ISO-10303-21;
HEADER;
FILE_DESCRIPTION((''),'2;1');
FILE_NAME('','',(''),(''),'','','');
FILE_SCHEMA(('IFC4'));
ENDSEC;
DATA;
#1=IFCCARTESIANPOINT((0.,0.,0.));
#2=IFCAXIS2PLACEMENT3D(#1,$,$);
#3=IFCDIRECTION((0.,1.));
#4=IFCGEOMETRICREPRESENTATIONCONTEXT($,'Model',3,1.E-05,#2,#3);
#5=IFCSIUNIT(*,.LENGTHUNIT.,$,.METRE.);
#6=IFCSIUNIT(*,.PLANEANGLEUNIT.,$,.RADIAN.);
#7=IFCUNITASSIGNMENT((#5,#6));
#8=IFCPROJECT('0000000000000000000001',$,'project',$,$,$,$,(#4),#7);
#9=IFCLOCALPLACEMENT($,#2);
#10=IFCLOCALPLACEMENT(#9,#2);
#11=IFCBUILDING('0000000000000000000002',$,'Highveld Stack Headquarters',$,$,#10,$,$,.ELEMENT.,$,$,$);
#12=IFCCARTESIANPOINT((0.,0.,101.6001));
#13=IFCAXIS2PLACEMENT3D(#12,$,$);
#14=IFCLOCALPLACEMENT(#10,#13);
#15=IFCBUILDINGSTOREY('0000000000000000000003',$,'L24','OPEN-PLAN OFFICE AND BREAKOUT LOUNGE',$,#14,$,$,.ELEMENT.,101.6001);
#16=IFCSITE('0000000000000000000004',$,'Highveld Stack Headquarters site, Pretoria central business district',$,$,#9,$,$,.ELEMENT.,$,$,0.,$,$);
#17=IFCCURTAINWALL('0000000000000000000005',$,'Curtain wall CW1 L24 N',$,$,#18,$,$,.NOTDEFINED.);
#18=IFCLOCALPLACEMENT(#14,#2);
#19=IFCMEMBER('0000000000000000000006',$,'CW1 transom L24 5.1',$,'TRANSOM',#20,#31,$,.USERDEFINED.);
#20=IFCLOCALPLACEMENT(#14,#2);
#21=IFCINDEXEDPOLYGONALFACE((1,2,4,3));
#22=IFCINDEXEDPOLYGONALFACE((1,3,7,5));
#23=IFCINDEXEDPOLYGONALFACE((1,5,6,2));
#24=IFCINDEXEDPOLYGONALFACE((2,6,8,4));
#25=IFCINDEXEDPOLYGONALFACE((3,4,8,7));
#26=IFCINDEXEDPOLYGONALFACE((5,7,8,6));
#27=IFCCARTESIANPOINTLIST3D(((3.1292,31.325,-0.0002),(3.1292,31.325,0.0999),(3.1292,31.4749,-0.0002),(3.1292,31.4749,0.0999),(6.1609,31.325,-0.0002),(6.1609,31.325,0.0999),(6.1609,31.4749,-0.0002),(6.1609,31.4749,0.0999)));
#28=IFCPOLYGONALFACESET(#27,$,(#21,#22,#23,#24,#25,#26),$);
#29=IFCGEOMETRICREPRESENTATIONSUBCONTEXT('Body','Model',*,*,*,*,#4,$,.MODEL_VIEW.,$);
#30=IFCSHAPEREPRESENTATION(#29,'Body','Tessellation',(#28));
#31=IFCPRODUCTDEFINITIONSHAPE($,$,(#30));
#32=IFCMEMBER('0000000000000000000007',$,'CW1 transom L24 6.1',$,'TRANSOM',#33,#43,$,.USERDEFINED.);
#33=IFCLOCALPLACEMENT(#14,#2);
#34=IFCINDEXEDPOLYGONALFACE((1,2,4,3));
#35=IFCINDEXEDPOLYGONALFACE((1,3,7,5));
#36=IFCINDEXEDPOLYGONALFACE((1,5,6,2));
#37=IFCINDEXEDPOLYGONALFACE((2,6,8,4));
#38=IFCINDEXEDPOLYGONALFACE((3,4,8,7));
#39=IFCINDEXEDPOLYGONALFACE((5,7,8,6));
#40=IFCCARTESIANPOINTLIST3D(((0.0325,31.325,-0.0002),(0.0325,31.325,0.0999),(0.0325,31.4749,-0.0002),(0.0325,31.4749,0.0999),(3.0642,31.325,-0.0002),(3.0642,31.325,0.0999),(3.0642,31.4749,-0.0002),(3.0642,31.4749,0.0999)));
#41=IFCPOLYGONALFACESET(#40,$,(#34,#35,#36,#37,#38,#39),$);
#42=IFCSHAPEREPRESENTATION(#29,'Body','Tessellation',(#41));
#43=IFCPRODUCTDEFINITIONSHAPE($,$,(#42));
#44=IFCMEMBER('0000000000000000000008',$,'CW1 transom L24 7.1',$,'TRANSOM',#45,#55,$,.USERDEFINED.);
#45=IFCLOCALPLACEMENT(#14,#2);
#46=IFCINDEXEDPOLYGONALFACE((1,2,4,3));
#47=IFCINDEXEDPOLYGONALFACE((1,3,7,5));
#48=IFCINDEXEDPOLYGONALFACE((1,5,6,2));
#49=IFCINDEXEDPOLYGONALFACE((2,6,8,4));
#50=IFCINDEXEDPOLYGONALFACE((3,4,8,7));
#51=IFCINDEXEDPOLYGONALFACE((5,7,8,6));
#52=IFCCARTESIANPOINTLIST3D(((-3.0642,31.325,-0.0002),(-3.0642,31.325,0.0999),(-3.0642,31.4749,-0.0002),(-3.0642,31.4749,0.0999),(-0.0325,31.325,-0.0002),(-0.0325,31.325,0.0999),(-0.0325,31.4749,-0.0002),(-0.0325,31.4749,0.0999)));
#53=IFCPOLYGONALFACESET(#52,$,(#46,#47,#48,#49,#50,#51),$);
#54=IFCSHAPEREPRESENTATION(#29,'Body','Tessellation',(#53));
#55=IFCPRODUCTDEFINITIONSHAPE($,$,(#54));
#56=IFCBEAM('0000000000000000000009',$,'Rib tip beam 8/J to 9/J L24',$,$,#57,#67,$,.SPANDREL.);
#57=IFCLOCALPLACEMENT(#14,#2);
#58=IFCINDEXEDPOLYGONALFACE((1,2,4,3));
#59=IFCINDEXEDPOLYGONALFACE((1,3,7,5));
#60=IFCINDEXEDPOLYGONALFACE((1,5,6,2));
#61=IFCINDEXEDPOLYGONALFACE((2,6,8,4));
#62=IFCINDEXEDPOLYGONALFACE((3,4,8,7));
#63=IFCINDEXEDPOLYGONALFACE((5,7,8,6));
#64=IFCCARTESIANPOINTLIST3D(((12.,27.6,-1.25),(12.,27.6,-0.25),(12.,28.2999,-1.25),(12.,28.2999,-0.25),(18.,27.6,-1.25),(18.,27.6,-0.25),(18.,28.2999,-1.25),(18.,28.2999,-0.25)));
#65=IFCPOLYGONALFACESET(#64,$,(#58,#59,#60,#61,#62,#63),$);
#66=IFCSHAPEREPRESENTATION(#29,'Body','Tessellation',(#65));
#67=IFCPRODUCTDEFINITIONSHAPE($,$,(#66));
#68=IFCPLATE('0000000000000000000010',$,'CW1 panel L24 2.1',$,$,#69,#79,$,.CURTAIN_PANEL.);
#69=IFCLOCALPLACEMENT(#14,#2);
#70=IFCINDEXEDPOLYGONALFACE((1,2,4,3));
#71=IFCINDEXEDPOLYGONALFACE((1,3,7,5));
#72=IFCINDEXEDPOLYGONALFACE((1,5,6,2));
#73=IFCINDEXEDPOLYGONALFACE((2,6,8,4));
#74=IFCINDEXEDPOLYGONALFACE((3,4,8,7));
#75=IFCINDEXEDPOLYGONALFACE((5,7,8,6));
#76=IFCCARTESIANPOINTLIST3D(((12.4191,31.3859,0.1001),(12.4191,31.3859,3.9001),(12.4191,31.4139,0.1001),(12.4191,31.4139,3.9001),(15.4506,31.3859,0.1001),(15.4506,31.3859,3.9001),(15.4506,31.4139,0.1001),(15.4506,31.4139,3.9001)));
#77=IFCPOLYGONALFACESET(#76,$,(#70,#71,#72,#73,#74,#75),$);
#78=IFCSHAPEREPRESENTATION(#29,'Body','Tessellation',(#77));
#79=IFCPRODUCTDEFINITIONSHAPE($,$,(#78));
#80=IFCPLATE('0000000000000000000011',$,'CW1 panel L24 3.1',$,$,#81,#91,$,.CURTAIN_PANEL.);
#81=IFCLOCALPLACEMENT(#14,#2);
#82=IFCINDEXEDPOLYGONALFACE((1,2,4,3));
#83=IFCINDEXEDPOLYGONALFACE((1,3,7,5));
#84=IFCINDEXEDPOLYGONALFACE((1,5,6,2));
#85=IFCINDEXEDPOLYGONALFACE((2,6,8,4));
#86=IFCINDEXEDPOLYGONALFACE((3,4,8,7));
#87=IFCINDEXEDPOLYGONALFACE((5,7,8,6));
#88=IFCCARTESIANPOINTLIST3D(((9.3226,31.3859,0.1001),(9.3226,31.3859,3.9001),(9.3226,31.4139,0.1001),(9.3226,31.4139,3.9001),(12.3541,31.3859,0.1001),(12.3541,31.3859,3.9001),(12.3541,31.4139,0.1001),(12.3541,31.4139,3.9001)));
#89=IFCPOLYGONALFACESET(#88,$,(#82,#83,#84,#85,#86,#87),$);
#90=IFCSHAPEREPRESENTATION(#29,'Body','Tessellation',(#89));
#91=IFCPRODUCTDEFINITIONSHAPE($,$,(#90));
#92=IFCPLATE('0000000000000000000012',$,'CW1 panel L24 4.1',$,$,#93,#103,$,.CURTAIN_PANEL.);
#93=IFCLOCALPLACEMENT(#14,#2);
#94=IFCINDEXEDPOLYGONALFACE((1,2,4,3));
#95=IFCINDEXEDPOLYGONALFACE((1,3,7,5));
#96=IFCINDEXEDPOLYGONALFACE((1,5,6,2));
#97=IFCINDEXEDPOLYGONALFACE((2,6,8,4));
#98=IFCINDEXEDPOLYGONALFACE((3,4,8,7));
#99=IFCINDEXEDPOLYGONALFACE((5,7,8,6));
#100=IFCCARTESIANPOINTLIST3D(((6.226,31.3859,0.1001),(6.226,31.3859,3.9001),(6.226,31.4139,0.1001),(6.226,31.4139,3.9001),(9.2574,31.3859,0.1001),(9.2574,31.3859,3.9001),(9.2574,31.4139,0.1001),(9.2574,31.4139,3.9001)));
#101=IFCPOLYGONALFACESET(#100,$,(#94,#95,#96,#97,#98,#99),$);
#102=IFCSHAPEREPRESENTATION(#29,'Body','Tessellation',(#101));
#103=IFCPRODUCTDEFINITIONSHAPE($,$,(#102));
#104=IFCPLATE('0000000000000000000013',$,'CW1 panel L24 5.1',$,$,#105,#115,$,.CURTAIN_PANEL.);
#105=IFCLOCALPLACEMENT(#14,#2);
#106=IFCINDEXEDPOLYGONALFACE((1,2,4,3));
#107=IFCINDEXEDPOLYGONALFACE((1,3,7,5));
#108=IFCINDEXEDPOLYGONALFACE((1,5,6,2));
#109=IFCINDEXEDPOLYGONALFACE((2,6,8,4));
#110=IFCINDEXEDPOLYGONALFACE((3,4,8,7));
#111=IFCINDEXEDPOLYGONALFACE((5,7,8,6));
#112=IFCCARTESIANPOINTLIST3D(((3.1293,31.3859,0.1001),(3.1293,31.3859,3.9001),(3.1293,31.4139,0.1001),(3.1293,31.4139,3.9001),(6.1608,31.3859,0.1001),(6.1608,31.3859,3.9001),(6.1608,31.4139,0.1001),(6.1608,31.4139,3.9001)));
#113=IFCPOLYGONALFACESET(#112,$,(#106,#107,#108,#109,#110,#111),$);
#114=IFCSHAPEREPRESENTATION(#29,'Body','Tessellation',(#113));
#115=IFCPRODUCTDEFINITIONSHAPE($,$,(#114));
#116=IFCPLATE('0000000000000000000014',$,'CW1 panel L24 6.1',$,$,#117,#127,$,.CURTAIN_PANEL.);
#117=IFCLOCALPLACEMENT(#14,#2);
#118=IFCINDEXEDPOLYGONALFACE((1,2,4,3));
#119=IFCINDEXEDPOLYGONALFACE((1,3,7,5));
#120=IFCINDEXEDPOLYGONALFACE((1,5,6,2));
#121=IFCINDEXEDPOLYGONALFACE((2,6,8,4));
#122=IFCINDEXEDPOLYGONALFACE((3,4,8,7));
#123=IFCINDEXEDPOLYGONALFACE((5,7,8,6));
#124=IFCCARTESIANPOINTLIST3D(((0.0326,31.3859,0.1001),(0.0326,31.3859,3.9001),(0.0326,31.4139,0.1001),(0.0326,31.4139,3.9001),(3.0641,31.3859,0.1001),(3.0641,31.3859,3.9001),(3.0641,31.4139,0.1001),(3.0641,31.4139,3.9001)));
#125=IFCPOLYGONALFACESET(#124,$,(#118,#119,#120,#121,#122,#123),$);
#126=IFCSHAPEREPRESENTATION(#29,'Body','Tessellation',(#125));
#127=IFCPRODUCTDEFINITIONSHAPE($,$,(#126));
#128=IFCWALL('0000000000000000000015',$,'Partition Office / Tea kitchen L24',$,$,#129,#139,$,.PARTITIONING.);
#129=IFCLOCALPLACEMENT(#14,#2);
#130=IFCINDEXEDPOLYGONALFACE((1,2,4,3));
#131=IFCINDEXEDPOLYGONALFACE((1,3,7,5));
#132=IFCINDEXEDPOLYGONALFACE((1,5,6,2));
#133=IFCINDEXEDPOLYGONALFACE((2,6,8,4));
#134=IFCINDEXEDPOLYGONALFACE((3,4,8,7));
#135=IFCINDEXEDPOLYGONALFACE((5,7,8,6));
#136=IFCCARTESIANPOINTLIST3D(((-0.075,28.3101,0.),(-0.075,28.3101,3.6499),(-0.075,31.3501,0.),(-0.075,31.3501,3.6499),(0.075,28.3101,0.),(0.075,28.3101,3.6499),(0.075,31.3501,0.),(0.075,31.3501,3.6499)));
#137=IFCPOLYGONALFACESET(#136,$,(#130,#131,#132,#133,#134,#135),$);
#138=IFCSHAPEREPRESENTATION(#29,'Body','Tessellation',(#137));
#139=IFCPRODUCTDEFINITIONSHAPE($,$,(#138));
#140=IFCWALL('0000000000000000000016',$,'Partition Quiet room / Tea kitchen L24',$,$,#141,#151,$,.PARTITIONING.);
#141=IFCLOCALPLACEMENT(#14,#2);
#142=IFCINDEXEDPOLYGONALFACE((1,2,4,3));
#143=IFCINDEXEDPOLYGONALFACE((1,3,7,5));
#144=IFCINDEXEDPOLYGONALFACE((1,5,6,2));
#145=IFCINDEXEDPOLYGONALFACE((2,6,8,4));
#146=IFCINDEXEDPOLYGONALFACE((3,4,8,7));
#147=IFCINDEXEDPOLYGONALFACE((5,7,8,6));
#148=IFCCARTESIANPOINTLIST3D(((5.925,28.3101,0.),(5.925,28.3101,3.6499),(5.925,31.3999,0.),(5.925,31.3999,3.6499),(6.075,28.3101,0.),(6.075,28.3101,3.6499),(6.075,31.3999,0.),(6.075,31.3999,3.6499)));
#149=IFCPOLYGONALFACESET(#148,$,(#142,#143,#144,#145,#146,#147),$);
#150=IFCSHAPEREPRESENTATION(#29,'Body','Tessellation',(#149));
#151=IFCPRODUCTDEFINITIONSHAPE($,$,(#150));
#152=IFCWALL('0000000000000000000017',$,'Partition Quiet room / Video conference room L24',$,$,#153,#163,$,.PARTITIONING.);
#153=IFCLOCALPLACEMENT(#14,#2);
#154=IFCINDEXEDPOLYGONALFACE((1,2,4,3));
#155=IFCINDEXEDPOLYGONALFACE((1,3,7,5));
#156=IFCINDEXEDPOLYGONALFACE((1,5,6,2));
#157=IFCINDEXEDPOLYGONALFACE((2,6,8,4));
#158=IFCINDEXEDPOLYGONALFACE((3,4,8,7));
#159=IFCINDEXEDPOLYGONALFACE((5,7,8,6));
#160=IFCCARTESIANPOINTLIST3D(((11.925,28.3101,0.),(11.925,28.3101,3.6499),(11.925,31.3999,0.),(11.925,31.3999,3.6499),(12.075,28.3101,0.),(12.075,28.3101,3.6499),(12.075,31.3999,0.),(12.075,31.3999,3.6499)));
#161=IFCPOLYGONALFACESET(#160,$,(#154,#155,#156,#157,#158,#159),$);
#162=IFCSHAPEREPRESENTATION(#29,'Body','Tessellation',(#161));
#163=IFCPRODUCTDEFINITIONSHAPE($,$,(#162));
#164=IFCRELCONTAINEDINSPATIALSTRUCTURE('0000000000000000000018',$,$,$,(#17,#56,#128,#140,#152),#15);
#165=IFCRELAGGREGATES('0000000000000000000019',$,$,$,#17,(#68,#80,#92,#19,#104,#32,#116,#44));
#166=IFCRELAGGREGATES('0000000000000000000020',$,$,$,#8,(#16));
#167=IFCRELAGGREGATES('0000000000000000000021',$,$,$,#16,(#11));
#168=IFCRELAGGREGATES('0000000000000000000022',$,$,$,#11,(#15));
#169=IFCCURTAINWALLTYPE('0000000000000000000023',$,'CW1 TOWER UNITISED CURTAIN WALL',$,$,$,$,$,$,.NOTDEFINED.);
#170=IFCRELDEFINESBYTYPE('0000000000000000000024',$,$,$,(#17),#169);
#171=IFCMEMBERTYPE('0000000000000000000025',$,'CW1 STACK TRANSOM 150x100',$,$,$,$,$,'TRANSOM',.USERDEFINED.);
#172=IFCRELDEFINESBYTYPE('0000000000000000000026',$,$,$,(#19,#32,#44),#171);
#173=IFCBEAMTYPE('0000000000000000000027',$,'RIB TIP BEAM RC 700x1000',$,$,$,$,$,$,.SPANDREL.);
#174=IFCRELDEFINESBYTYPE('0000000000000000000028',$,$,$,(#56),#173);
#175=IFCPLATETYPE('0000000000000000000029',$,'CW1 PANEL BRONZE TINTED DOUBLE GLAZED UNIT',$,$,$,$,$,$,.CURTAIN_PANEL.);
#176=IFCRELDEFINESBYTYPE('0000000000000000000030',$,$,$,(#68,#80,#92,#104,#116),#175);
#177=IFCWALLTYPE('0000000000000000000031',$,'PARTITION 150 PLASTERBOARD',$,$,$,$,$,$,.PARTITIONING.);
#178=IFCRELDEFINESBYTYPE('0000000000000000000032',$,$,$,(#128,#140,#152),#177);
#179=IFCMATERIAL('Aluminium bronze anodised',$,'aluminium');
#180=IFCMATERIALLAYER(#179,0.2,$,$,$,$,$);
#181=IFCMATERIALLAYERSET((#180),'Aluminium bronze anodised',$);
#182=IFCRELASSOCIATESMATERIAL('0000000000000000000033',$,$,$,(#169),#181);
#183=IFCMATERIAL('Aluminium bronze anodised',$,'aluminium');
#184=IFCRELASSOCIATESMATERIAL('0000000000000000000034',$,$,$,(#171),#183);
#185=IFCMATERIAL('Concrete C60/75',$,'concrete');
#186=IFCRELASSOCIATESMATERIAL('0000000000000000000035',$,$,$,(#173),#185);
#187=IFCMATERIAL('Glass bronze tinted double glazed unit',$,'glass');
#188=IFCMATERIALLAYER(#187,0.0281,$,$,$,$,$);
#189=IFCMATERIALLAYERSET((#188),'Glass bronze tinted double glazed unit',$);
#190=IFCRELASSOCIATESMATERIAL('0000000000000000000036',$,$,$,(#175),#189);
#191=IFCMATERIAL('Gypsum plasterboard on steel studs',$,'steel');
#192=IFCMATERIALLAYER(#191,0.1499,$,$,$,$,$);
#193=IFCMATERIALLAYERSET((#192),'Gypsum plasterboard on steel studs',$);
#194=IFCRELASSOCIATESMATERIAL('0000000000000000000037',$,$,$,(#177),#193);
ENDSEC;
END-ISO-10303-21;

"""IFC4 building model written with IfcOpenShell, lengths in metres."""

from ifc_helpers import new_model, si_unit, direction, frame, frame_2d, origin, origin_2d, place, context, subcontext, project, spatial, rectangle, extrude, material, layer, layer_set, material_profile, profile_set, type_object, element, aggregate, save


model = new_model("IFC4")

# Units and contexts
model_context = context("Model", 3, precision=1e-05, world=origin(), true_north=direction((0.0, 1.0)))
body_context = subcontext(model_context, "Body", "Model", "MODEL_VIEW")
ifc_project = project(units=[si_unit("LENGTHUNIT", "METRE"), si_unit("PLANEANGLEUNIT", "RADIAN")], contexts=[model_context])

# Site, building, storey
site_placement = place(None, origin())
site = spatial("IfcSite", under=ifc_project, at=site_placement, Name="Highveld Stack Headquarters site, Pretoria central business district", CompositionType="ELEMENT", RefElevation=0.0)
building_placement = place(site_placement, origin())
building = spatial("IfcBuilding", under=site, at=building_placement, Name="Highveld Stack Headquarters", CompositionType="ELEMENT")
storey_placement = place(building_placement, frame((0.0, 0.0, 101.6001)))
storey = spatial("IfcBuildingStorey", under=building, at=storey_placement, Name="L24", Description="OPEN-PLAN OFFICE AND BREAKOUT LOUNGE", CompositionType="ELEMENT", Elevation=101.6001)

# Curtain wall, members
ifc_material_1 = material(Name="Aluminium bronze anodised", Category="aluminium")
ifc_layer_1 = layer(ifc_material_1, 0.2)
ifc_layer_set_1 = layer_set([ifc_layer_1], Name="Aluminium bronze anodised")
curtain_wall_type = type_object("IfcCurtainWallType", Name="CW1 TOWER UNITISED CURTAIN WALL", PredefinedType="NOTDEFINED", material=ifc_layer_set_1)
curtain_wall_placement = place(storey_placement, origin())
curtain_wall = element("IfcCurtainWall", 1, at=curtain_wall_placement, inside=storey, type_object=curtain_wall_type, Name="Curtain wall CW1 L24 N", PredefinedType="NOTDEFINED")
ifc_material_2 = material(Name="Aluminium bronze anodised", Category="aluminium")
ifc_material_profile_1 = material_profile(ifc_material_2, rectangle(XDim=0.1499, YDim=0.1001, at=origin_2d()), Name="CW1 TRANSOM 150x100")
ifc_profile_set_1 = profile_set([ifc_material_profile_1], Name="Aluminium bronze anodised")
member_type_1 = type_object("IfcMemberType", Name="CW1 STACK TRANSOM 150x100", ElementType="TRANSOM", PredefinedType="USERDEFINED", material=ifc_profile_set_1)
member_1_placement = place(storey_placement, frame((6.1609, 31.3999, 0.0498), z_axis=(-1.0, 0.0, 0.0), x_axis=(0.0, -1.0, 0.0)))
member_1 = element("IfcMember", 2, at=member_1_placement, type_object=member_type_1, Name="CW1 transom L24 5.1", ObjectType="TRANSOM", PredefinedType="USERDEFINED", context=body_context, shape_type="SweptSolid", body=[
    extrude(rectangle(XDim=0.1499, YDim=0.1001, at=origin_2d()), origin(), (0.0, 0.0, 1.0), 3.0317),
])
member_2_placement = place(storey_placement, frame((3.0642, 31.3999, 0.0498), z_axis=(-1.0, 0.0, 0.0), x_axis=(0.0, -1.0, 0.0)))
member_2 = element("IfcMember", 3, at=member_2_placement, type_object=member_type_1, Name="CW1 transom L24 6.1", ObjectType="TRANSOM", PredefinedType="USERDEFINED", context=body_context, shape_type="SweptSolid", body=[
    extrude(rectangle(XDim=0.1499, YDim=0.1001, at=origin_2d()), origin(), (0.0, 0.0, 1.0), 3.0317),
])
member_3_placement = place(storey_placement, frame((-0.0325, 31.3999, 0.0498), z_axis=(-1.0, 0.0, 0.0), x_axis=(0.0, -1.0, 0.0)))
member_3 = element("IfcMember", 4, at=member_3_placement, type_object=member_type_1, Name="CW1 transom L24 7.1", ObjectType="TRANSOM", PredefinedType="USERDEFINED", context=body_context, shape_type="SweptSolid", body=[
    extrude(rectangle(XDim=0.1499, YDim=0.1001, at=origin_2d()), origin(), (0.0, 0.0, 1.0), 3.0317),
])

# Beam
ifc_material_3 = material(Name="Concrete C60/75", Category="concrete")
ifc_material_profile_2 = material_profile(ifc_material_3, rectangle(XDim=0.7, YDim=1.0, at=origin_2d()), Name="RC 700x1000")
ifc_profile_set_2 = profile_set([ifc_material_profile_2], Name="Concrete C60/75")
beam_type = type_object("IfcBeamType", Name="RIB TIP BEAM RC 700x1000", PredefinedType="SPANDREL", material=ifc_profile_set_2)
beam_placement = place(storey_placement, frame((12.0, 27.95, -0.75), z_axis=(1.0, 0.0, 0.0), x_axis=(0.0, 1.0, 0.0)))
element("IfcBeam", 5, at=beam_placement, inside=storey, type_object=beam_type, Name="Rib tip beam 8/J to 9/J L24", PredefinedType="SPANDREL", context=body_context, shape_type="SweptSolid", body=[
    extrude(rectangle(XDim=0.7, YDim=1.0, at=origin_2d()), origin(), (0.0, 0.0, 1.0), 6.0),
])

# Plates
ifc_material_4 = material(Name="Glass bronze tinted double glazed unit", Category="glass")
ifc_layer_2 = layer(ifc_material_4, 0.0281)
ifc_layer_set_2 = layer_set([ifc_layer_2], Name="Glass bronze tinted double glazed unit")
plate_type = type_object("IfcPlateType", Name="CW1 PANEL BRONZE TINTED DOUBLE GLAZED UNIT", PredefinedType="CURTAIN_PANEL", material=ifc_layer_set_2)
plate_1_placement = place(storey_placement, frame((13.9348, 31.3999, 0.1001), z_axis=(0.0, 0.0, 1.0), x_axis=(-1.0, 0.0, 0.0)))
plate_1 = element("IfcPlate", 6, at=plate_1_placement, type_object=plate_type, Name="CW1 panel L24 2.1", PredefinedType="CURTAIN_PANEL", context=body_context, shape_type="SweptSolid", body=[
    extrude(rectangle(XDim=3.0315, YDim=0.0281, at=origin_2d()), origin(), (0.0, 0.0, 1.0), 3.8),
])
plate_2_placement = place(storey_placement, frame((10.8384, 31.3999, 0.1001), z_axis=(0.0, 0.0, 1.0), x_axis=(-1.0, 0.0, 0.0)))
plate_2 = element("IfcPlate", 7, at=plate_2_placement, type_object=plate_type, Name="CW1 panel L24 3.1", PredefinedType="CURTAIN_PANEL", context=body_context, shape_type="SweptSolid", body=[
    extrude(rectangle(XDim=3.0315, YDim=0.0281, at=origin_2d()), origin(), (0.0, 0.0, 1.0), 3.8),
])
plate_3_placement = place(storey_placement, frame((7.7417, 31.3999, 0.1001), z_axis=(0.0, 0.0, 1.0), x_axis=(-1.0, 0.0, 0.0)))
plate_3 = element("IfcPlate", 8, at=plate_3_placement, type_object=plate_type, Name="CW1 panel L24 4.1", PredefinedType="CURTAIN_PANEL", context=body_context, shape_type="SweptSolid", body=[
    extrude(rectangle(XDim=3.0315, YDim=0.0281, at=origin_2d()), origin(), (0.0, 0.0, 1.0), 3.8),
])
plate_4_placement = place(storey_placement, frame((4.645, 31.3999, 0.1001), z_axis=(0.0, 0.0, 1.0), x_axis=(-1.0, 0.0, 0.0)))
plate_4 = element("IfcPlate", 9, at=plate_4_placement, type_object=plate_type, Name="CW1 panel L24 5.1", PredefinedType="CURTAIN_PANEL", context=body_context, shape_type="SweptSolid", body=[
    extrude(rectangle(XDim=3.0315, YDim=0.0281, at=origin_2d()), origin(), (0.0, 0.0, 1.0), 3.8),
])
plate_5_placement = place(storey_placement, frame((1.5483, 31.3999, 0.1001), z_axis=(0.0, 0.0, 1.0), x_axis=(-1.0, 0.0, 0.0)))
plate_5 = element("IfcPlate", 10, at=plate_5_placement, type_object=plate_type, Name="CW1 panel L24 6.1", PredefinedType="CURTAIN_PANEL", context=body_context, shape_type="SweptSolid", body=[
    extrude(rectangle(XDim=3.0315, YDim=0.0281, at=origin_2d()), origin(), (0.0, 0.0, 1.0), 3.8),
])
aggregate(curtain_wall, [plate_1, plate_2, plate_3, member_1, plate_4, member_2, plate_5, member_3])

# Walls
ifc_material_5 = material(Name="Gypsum plasterboard on steel studs", Category="steel")
ifc_layer_3 = layer(ifc_material_5, 0.1499)
ifc_layer_set_3 = layer_set([ifc_layer_3], Name="Gypsum plasterboard on steel studs")
wall_type = type_object("IfcWallType", Name="PARTITION 150 PLASTERBOARD", PredefinedType="PARTITIONING", material=ifc_layer_set_3)
wall_placement = place(storey_placement, frame((0.0, 28.3101, 0.0), z_axis=(0.0, 0.0, 1.0), x_axis=(0.0, 1.0, 0.0)))
element("IfcWall", 11, at=wall_placement, inside=storey, type_object=wall_type, Name="Partition Office / Tea kitchen L24", PredefinedType="PARTITIONING", context=body_context, shape_type="SweptSolid", body=[
    extrude(rectangle(XDim=3.04, YDim=0.1499, at=frame_2d((1.52, 0.0))), origin(), (0.0, 0.0, 1.0), 3.6499),
])
for number, where, z_axis, x_axis, name in (
    (12, (6.0, 28.3101, 0.0), (0.0, 0.0, 1.0), (0.0, 1.0, 0.0), "Partition Quiet room / Tea kitchen L24"),
    (13, (12.0, 28.3101, 0.0), (0.0, 0.0, 1.0), (0.0, 1.0, 0.0), "Partition Quiet room / Video conference room L24"),
):
    element("IfcWall", number, at=place(storey_placement, frame(where, z_axis=z_axis, x_axis=x_axis)), inside=storey, type_object=wall_type, Name=name, PredefinedType="PARTITIONING", context=body_context, shape_type="SweptSolid", body=[
        extrude(rectangle(XDim=3.0898, YDim=0.1499, at=frame_2d((1.5449, 0.0))), origin(), (0.0, 0.0, 1.0), 3.6499),
    ])

save(model, "model.ifc")
